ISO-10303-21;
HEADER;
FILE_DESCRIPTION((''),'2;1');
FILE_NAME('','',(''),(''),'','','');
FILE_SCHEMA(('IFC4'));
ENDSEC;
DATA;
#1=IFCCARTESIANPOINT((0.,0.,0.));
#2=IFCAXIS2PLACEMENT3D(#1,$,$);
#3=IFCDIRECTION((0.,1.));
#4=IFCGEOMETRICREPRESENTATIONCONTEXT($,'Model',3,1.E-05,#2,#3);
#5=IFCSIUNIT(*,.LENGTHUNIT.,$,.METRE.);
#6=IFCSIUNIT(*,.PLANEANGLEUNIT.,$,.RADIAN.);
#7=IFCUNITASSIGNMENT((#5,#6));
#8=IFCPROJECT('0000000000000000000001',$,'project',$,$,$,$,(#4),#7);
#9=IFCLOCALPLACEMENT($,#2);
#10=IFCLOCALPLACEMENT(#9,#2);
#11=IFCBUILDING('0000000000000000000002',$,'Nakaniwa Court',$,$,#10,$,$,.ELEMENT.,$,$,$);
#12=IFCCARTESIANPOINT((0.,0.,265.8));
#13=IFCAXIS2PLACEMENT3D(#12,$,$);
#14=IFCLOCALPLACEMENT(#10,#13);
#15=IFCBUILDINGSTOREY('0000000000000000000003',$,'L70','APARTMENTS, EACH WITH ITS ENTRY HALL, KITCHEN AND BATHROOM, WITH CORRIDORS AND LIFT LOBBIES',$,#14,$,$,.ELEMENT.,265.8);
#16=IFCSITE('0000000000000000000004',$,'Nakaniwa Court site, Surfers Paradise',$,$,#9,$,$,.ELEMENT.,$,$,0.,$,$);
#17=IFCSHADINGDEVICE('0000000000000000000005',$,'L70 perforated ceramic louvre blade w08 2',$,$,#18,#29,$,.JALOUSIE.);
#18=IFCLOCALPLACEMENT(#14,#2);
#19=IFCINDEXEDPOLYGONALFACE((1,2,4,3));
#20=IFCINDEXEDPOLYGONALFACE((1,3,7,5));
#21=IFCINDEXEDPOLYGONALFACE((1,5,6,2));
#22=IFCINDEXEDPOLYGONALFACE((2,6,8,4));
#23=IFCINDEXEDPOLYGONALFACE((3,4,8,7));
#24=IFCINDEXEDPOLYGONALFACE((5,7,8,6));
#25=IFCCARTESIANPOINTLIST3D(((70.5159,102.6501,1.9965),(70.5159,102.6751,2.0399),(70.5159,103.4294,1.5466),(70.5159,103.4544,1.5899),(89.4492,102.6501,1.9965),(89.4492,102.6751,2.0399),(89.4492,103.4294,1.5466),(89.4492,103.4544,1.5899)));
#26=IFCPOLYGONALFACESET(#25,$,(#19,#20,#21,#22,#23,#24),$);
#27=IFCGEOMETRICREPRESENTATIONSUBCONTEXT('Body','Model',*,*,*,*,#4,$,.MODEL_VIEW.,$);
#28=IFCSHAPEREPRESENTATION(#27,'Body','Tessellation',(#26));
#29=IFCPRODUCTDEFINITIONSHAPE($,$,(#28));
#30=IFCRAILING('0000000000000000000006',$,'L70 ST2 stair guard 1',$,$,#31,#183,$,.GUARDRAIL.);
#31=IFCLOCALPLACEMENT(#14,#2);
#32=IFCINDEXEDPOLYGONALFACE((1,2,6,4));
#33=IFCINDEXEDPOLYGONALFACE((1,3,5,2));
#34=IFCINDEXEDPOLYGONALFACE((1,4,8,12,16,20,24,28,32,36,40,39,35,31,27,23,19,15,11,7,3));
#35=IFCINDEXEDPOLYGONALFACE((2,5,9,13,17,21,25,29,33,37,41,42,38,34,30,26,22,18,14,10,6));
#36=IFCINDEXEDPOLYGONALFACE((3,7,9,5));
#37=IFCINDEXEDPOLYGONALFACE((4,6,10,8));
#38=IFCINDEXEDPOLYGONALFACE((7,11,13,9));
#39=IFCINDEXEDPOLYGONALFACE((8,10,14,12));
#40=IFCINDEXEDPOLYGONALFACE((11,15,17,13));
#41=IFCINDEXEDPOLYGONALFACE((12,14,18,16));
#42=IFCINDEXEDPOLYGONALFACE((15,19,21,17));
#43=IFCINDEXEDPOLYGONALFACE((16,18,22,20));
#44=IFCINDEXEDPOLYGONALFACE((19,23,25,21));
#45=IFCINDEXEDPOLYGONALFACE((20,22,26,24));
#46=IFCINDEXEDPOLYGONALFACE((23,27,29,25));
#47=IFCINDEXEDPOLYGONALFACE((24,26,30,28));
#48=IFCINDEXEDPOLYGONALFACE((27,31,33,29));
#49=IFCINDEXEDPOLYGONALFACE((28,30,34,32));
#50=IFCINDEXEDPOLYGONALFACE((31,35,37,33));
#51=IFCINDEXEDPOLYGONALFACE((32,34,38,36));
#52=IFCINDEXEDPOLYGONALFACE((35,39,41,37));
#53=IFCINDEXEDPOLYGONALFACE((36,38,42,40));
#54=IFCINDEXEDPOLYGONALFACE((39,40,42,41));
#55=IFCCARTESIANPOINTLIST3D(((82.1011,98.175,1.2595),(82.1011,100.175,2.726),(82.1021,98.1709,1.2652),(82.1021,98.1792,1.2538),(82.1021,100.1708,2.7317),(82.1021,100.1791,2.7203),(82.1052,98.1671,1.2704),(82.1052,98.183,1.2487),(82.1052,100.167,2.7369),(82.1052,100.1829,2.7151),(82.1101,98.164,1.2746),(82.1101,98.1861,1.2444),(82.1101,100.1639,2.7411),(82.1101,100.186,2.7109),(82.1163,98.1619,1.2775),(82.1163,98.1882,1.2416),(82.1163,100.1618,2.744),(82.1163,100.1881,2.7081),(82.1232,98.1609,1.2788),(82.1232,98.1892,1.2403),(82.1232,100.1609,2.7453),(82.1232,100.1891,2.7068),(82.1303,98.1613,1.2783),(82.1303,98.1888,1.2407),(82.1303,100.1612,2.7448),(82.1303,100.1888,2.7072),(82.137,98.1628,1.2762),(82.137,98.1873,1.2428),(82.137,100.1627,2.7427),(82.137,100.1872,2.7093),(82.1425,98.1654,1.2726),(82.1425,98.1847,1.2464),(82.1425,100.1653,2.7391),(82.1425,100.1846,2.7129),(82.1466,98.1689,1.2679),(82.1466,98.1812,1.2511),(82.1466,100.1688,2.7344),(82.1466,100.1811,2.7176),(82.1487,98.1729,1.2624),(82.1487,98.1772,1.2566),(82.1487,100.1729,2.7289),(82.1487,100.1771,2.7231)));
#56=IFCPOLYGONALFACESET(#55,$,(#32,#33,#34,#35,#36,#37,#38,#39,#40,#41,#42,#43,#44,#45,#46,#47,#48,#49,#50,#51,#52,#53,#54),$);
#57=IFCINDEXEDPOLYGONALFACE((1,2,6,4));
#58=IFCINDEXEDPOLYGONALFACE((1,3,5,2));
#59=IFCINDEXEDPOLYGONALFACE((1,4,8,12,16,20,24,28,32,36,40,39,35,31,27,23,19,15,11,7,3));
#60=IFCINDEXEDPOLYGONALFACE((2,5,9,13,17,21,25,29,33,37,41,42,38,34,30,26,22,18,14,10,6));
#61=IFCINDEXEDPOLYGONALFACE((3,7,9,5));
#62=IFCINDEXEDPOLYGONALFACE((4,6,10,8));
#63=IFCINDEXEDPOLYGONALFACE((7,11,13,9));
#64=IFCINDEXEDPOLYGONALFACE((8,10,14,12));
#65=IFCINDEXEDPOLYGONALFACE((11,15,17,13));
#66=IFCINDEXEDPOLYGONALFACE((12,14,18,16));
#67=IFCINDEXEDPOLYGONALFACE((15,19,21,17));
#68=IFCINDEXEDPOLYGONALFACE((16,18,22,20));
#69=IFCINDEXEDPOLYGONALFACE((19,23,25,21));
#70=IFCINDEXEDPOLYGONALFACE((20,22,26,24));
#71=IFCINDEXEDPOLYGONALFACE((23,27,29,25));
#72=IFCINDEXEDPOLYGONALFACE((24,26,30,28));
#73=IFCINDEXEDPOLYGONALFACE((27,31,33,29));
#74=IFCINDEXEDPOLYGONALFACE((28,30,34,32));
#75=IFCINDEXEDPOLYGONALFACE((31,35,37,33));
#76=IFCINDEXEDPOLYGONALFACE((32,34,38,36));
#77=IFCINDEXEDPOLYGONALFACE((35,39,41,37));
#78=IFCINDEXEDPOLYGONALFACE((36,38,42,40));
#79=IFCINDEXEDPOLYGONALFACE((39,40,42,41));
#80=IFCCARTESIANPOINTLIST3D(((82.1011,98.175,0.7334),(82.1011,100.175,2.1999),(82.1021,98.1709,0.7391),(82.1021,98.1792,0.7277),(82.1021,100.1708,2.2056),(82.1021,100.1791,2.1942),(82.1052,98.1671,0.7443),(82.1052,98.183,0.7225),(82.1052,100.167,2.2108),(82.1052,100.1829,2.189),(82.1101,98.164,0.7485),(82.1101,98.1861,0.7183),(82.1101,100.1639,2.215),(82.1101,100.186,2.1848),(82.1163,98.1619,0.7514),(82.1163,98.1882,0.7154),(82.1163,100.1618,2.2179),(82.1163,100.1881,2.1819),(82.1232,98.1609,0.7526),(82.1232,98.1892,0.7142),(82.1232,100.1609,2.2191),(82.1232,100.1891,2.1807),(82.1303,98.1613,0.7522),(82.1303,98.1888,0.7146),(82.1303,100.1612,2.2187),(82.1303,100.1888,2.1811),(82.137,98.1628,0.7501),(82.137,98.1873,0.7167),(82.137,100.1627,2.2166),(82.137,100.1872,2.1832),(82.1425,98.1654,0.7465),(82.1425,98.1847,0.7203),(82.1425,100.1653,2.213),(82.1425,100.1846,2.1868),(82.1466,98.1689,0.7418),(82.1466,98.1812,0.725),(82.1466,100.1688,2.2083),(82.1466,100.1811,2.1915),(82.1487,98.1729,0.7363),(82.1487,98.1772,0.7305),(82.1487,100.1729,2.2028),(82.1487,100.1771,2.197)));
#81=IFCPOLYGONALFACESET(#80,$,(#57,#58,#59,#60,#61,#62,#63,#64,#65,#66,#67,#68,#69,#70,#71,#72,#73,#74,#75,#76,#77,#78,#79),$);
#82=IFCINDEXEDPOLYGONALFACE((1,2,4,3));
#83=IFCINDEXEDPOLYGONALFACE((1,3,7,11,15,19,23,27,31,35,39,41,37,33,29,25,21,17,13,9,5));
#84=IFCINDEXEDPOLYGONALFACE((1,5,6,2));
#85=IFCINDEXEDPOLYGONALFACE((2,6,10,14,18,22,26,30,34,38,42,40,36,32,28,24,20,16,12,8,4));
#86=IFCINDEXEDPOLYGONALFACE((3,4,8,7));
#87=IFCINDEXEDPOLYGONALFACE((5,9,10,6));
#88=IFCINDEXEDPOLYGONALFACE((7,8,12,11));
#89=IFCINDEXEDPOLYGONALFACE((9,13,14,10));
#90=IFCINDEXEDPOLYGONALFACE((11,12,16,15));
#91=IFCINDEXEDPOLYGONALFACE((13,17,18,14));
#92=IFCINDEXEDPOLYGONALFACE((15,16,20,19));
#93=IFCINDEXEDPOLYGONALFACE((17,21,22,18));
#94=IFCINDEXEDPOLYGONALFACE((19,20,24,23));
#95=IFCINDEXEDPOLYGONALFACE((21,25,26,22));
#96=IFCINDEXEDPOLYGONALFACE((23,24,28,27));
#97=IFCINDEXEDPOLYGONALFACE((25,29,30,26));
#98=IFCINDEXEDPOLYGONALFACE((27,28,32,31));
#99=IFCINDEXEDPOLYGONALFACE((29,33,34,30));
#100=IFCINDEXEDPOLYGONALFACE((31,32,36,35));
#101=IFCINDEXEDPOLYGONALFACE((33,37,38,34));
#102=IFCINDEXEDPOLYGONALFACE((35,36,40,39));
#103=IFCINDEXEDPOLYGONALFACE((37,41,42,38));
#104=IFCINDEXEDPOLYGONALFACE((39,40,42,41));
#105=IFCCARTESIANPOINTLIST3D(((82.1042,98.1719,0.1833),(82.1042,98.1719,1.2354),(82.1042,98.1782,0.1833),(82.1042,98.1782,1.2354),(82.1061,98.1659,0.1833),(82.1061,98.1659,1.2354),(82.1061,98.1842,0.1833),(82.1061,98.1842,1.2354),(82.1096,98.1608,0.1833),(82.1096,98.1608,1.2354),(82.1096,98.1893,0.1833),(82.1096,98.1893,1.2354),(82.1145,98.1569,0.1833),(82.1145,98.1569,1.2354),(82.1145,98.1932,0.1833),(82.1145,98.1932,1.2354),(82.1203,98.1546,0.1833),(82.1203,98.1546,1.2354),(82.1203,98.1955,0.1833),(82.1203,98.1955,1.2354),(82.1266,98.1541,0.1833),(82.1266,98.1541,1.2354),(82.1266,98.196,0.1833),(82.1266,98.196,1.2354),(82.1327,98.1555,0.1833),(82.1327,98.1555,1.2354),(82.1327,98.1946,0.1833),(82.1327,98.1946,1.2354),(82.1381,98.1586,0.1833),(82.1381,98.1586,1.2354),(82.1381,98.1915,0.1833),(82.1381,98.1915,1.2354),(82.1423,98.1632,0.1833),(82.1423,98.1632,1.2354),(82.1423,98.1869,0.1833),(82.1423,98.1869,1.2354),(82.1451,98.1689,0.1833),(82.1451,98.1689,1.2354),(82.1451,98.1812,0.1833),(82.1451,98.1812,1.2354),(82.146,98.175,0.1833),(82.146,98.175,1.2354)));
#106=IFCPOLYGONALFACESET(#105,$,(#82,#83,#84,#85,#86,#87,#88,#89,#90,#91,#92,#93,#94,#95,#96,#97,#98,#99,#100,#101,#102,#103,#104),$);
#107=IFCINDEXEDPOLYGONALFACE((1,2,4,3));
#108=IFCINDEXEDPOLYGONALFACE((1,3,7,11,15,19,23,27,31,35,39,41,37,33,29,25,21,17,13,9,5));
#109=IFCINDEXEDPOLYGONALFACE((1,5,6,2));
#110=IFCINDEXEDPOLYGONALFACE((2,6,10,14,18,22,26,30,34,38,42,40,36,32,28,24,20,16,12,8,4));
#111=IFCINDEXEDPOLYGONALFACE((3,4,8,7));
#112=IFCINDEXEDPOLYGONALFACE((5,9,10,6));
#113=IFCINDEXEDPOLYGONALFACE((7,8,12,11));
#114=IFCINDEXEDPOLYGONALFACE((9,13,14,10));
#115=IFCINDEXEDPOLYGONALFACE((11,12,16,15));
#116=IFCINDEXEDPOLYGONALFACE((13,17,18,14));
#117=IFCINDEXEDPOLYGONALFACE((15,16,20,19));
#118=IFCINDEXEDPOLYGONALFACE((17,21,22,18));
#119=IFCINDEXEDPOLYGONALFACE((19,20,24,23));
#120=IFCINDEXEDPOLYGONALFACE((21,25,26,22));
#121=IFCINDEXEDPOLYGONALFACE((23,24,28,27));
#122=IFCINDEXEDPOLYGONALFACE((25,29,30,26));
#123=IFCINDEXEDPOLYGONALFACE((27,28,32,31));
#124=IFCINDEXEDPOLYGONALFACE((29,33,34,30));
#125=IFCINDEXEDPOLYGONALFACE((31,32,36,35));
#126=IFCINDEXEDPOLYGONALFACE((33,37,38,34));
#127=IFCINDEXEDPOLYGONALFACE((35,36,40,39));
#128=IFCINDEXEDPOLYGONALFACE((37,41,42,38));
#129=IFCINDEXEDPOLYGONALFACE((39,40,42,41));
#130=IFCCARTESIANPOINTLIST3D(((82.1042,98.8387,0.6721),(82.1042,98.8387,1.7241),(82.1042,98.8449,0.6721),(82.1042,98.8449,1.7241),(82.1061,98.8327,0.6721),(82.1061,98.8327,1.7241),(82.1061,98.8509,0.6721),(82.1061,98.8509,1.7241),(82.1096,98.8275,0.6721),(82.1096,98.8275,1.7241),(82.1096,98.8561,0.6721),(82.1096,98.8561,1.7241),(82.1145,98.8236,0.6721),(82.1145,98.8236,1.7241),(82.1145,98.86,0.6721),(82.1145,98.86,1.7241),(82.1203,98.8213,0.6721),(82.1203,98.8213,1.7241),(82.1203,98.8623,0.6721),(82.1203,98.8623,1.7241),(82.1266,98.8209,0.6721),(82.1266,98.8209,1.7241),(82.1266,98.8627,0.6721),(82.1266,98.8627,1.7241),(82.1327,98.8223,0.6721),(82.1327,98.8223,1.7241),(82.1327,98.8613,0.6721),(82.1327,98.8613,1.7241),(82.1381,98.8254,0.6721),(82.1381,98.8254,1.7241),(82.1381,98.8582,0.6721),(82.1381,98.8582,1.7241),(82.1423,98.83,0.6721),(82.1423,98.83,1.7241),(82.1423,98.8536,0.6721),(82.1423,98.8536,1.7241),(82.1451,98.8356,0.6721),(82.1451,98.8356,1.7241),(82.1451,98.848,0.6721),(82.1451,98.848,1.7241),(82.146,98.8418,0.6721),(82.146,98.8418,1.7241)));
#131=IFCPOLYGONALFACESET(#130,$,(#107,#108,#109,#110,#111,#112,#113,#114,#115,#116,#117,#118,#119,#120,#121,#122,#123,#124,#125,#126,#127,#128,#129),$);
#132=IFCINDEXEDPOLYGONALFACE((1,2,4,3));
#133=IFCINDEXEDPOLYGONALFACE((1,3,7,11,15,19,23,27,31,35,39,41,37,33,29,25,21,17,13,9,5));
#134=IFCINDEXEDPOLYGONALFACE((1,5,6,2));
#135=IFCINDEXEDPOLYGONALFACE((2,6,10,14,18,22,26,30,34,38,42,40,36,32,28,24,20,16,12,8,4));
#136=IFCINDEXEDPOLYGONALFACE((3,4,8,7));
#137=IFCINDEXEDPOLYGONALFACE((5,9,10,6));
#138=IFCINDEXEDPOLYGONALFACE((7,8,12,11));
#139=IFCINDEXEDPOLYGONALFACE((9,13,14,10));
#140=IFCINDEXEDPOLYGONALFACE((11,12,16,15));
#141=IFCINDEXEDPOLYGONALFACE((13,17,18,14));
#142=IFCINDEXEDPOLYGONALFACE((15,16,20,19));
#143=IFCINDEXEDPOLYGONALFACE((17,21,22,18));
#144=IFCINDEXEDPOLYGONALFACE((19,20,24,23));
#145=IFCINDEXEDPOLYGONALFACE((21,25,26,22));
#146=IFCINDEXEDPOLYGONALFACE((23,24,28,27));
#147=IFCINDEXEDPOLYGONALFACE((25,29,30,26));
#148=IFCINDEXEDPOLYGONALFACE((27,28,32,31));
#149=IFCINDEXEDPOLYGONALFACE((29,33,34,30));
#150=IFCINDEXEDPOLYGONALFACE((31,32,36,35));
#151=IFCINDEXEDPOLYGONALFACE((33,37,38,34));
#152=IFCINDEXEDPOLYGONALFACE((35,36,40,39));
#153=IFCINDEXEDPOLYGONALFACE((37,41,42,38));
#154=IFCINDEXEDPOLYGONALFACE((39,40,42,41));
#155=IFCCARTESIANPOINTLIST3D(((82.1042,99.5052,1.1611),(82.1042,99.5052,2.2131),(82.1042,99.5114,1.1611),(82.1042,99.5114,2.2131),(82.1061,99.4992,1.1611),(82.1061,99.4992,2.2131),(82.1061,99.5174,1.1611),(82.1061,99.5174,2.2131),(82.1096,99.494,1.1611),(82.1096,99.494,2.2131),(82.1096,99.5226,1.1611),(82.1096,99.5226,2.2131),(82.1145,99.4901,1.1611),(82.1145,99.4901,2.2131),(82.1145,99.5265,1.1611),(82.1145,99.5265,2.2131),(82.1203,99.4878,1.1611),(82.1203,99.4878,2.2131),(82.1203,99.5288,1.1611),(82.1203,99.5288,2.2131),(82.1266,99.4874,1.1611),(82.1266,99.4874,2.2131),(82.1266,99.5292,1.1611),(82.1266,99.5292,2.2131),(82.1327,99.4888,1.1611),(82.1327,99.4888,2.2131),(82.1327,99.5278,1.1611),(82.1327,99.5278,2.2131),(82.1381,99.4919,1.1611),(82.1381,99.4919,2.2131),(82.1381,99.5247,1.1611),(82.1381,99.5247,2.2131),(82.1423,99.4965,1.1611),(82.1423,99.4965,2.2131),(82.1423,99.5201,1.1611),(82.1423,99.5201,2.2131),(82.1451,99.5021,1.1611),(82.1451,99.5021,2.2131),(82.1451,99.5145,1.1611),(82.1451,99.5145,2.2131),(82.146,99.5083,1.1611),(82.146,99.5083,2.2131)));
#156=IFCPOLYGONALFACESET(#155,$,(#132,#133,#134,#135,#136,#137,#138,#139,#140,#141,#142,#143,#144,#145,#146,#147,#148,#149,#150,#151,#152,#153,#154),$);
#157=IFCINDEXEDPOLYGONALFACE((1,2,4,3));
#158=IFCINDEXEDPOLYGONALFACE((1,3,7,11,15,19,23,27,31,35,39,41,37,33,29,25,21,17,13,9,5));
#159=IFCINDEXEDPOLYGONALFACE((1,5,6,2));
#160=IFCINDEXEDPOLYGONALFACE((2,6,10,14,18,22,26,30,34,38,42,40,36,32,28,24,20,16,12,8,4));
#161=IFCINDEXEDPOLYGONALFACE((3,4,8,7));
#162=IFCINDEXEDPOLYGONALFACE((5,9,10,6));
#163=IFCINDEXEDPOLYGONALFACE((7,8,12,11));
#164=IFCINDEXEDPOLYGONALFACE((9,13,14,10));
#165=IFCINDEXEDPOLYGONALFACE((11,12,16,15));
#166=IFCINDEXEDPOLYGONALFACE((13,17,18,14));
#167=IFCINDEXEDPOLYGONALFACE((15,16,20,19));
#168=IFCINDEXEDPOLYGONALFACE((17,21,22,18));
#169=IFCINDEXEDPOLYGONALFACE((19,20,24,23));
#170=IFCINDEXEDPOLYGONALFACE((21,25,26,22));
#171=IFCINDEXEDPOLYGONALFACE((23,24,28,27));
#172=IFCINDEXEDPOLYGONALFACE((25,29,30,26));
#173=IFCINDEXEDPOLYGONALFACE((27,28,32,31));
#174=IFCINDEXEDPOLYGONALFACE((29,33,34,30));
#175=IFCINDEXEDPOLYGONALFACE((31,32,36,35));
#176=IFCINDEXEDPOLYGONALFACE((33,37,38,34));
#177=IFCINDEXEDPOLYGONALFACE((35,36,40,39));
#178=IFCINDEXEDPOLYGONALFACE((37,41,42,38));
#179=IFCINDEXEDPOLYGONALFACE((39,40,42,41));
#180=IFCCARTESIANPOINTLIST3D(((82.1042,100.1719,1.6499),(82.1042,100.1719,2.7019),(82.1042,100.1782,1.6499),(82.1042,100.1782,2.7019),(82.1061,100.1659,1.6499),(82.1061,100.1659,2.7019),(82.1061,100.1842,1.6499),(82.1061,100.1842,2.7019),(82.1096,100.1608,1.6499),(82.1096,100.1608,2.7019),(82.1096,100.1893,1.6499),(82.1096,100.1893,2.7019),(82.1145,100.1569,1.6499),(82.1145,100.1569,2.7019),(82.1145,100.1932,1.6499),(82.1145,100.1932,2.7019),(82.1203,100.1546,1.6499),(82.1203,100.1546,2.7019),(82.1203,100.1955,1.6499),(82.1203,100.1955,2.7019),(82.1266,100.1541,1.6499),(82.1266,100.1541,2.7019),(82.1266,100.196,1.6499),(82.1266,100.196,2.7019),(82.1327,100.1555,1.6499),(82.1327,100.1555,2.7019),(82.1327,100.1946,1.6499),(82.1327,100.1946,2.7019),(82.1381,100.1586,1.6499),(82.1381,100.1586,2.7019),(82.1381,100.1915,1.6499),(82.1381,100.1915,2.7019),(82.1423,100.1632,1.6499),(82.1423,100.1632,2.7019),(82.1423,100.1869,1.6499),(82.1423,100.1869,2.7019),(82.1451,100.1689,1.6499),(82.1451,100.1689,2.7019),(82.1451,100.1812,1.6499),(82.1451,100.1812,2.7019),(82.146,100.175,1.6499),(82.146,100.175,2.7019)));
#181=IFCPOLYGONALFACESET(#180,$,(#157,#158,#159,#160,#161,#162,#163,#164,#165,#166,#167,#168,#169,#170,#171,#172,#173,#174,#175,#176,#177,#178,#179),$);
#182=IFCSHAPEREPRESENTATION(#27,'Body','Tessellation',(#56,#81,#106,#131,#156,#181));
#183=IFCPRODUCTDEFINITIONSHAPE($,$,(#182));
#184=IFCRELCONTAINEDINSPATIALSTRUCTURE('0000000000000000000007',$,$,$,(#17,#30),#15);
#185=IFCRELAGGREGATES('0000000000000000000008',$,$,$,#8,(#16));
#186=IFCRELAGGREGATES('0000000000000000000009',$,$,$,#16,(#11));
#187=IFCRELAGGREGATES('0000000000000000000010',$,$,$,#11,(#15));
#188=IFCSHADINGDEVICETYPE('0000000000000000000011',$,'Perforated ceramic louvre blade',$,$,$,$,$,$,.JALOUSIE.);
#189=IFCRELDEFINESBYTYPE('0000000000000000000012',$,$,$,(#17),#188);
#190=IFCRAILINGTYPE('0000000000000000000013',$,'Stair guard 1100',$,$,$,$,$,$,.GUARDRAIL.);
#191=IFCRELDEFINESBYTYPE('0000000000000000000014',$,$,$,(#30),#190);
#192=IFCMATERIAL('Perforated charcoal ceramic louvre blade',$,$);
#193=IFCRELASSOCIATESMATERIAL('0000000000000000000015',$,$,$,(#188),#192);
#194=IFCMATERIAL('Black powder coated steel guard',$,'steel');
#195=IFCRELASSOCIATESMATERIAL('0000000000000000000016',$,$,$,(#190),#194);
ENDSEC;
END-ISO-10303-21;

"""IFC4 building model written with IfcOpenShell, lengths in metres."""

from ifc_helpers import new_model, si_unit, direction, frame, origin, origin_2d, place, context, subcontext, project, spatial, rectangle, circle, extrude, material, material_profile, profile_set, type_object, element, save


model = new_model("IFC4")

# Units and contexts
model_context = context("Model", 3, precision=1e-05, world=origin(), true_north=direction((0.0, 1.0)))
body_context = subcontext(model_context, "Body", "Model", "MODEL_VIEW")
ifc_project = project(units=[si_unit("LENGTHUNIT", "METRE"), si_unit("PLANEANGLEUNIT", "RADIAN")], contexts=[model_context])

# Site, building, storey
site_placement = place(None, origin())
site = spatial("IfcSite", under=ifc_project, at=site_placement, Name="Nakaniwa Court site, Surfers Paradise", CompositionType="ELEMENT", RefElevation=0.0)
building_placement = place(site_placement, origin())
building = spatial("IfcBuilding", under=site, at=building_placement, Name="Nakaniwa Court", CompositionType="ELEMENT")
storey_placement = place(building_placement, frame((0.0, 0.0, 265.8)))
storey = spatial("IfcBuildingStorey", under=building, at=storey_placement, Name="L70", Description="APARTMENTS, EACH WITH ITS ENTRY HALL, KITCHEN AND BATHROOM, WITH CORRIDORS AND LIFT LOBBIES", CompositionType="ELEMENT", Elevation=265.8)

# Shading device
ifc_material_1 = material(Name="Perforated charcoal ceramic louvre blade")
ifc_material_profile = material_profile(ifc_material_1, rectangle(XDim=0.8999, YDim=0.05, at=origin_2d()), Name="Perforated ceramic louvre blade")
ifc_profile_set = profile_set([ifc_material_profile], Name="Perforated charcoal ceramic louvre blade")
shading_device_type = type_object("IfcShadingDeviceType", Name="Perforated ceramic louvre blade", PredefinedType="JALOUSIE", material=ifc_profile_set)
for number, where, z_axis, x_axis, name in (
    (1, (89.4492, 103.0522, 1.7932), (-1.0, 0.0, 0.0), (0.0, -0.866025, 0.5), "L70 perforated ceramic louvre blade w08 2"),
):
    element("IfcShadingDevice", number, at=place(storey_placement, frame(where, z_axis=z_axis, x_axis=x_axis)), inside=storey, type_object=shading_device_type, Name=name, PredefinedType="JALOUSIE", context=body_context, shape_type="SweptSolid", body=[
        extrude(rectangle(XDim=0.8999, YDim=0.05, at=origin_2d()), origin(), (0.0, 0.0, 1.0), 18.9333),
    ])

# Railing
ifc_material_2 = material(Name="Black powder coated steel guard", Category="steel")
railing_type_1 = type_object("IfcRailingType", Name="Stair guard 1100", PredefinedType="GUARDRAIL", material=ifc_material_2)
railing_1_placement = place(storey_placement, frame((82.125, 98.175, 0.1833)))
element("IfcRailing", 2, at=railing_1_placement, inside=storey, type_object=railing_type_1, Name="L70 ST2 stair guard 1", PredefinedType="GUARDRAIL", context=body_context, shape_type="SweptSolid", body=[
    extrude(circle(Radius=0.0239, at=origin_2d()), frame((0.0, 0.0, 1.0762), z_axis=(0.0, 0.806427, 0.591334), x_axis=(-1.0, 0.0, 0.0)), (0.0, 0.0, 1.0), 2.48),
    extrude(circle(Radius=0.0239, at=origin_2d()), frame((0.0, 0.0, 0.55), z_axis=(0.0, 0.806427, 0.591334), x_axis=(-1.0, 0.0, 0.0)), (0.0, 0.0, 1.0), 2.48),
    extrude(circle(Radius=0.021, at=origin_2d()), origin(), (0.0, 0.0, 1.0), 1.052),
    extrude(circle(Radius=0.021, at=origin_2d()), frame((0.0, 0.6667, 0.4888)), (0.0, 0.0, 1.0), 1.052),
    extrude(circle(Radius=0.021, at=origin_2d()), frame((0.0, 1.3333, 0.9778)), (0.0, 0.0, 1.0), 1.052),
    extrude(circle(Radius=0.021, at=origin_2d()), frame((0.0, 2.0, 1.4666)), (0.0, 0.0, 1.0), 1.052),
])

save(model, "model.ifc")
